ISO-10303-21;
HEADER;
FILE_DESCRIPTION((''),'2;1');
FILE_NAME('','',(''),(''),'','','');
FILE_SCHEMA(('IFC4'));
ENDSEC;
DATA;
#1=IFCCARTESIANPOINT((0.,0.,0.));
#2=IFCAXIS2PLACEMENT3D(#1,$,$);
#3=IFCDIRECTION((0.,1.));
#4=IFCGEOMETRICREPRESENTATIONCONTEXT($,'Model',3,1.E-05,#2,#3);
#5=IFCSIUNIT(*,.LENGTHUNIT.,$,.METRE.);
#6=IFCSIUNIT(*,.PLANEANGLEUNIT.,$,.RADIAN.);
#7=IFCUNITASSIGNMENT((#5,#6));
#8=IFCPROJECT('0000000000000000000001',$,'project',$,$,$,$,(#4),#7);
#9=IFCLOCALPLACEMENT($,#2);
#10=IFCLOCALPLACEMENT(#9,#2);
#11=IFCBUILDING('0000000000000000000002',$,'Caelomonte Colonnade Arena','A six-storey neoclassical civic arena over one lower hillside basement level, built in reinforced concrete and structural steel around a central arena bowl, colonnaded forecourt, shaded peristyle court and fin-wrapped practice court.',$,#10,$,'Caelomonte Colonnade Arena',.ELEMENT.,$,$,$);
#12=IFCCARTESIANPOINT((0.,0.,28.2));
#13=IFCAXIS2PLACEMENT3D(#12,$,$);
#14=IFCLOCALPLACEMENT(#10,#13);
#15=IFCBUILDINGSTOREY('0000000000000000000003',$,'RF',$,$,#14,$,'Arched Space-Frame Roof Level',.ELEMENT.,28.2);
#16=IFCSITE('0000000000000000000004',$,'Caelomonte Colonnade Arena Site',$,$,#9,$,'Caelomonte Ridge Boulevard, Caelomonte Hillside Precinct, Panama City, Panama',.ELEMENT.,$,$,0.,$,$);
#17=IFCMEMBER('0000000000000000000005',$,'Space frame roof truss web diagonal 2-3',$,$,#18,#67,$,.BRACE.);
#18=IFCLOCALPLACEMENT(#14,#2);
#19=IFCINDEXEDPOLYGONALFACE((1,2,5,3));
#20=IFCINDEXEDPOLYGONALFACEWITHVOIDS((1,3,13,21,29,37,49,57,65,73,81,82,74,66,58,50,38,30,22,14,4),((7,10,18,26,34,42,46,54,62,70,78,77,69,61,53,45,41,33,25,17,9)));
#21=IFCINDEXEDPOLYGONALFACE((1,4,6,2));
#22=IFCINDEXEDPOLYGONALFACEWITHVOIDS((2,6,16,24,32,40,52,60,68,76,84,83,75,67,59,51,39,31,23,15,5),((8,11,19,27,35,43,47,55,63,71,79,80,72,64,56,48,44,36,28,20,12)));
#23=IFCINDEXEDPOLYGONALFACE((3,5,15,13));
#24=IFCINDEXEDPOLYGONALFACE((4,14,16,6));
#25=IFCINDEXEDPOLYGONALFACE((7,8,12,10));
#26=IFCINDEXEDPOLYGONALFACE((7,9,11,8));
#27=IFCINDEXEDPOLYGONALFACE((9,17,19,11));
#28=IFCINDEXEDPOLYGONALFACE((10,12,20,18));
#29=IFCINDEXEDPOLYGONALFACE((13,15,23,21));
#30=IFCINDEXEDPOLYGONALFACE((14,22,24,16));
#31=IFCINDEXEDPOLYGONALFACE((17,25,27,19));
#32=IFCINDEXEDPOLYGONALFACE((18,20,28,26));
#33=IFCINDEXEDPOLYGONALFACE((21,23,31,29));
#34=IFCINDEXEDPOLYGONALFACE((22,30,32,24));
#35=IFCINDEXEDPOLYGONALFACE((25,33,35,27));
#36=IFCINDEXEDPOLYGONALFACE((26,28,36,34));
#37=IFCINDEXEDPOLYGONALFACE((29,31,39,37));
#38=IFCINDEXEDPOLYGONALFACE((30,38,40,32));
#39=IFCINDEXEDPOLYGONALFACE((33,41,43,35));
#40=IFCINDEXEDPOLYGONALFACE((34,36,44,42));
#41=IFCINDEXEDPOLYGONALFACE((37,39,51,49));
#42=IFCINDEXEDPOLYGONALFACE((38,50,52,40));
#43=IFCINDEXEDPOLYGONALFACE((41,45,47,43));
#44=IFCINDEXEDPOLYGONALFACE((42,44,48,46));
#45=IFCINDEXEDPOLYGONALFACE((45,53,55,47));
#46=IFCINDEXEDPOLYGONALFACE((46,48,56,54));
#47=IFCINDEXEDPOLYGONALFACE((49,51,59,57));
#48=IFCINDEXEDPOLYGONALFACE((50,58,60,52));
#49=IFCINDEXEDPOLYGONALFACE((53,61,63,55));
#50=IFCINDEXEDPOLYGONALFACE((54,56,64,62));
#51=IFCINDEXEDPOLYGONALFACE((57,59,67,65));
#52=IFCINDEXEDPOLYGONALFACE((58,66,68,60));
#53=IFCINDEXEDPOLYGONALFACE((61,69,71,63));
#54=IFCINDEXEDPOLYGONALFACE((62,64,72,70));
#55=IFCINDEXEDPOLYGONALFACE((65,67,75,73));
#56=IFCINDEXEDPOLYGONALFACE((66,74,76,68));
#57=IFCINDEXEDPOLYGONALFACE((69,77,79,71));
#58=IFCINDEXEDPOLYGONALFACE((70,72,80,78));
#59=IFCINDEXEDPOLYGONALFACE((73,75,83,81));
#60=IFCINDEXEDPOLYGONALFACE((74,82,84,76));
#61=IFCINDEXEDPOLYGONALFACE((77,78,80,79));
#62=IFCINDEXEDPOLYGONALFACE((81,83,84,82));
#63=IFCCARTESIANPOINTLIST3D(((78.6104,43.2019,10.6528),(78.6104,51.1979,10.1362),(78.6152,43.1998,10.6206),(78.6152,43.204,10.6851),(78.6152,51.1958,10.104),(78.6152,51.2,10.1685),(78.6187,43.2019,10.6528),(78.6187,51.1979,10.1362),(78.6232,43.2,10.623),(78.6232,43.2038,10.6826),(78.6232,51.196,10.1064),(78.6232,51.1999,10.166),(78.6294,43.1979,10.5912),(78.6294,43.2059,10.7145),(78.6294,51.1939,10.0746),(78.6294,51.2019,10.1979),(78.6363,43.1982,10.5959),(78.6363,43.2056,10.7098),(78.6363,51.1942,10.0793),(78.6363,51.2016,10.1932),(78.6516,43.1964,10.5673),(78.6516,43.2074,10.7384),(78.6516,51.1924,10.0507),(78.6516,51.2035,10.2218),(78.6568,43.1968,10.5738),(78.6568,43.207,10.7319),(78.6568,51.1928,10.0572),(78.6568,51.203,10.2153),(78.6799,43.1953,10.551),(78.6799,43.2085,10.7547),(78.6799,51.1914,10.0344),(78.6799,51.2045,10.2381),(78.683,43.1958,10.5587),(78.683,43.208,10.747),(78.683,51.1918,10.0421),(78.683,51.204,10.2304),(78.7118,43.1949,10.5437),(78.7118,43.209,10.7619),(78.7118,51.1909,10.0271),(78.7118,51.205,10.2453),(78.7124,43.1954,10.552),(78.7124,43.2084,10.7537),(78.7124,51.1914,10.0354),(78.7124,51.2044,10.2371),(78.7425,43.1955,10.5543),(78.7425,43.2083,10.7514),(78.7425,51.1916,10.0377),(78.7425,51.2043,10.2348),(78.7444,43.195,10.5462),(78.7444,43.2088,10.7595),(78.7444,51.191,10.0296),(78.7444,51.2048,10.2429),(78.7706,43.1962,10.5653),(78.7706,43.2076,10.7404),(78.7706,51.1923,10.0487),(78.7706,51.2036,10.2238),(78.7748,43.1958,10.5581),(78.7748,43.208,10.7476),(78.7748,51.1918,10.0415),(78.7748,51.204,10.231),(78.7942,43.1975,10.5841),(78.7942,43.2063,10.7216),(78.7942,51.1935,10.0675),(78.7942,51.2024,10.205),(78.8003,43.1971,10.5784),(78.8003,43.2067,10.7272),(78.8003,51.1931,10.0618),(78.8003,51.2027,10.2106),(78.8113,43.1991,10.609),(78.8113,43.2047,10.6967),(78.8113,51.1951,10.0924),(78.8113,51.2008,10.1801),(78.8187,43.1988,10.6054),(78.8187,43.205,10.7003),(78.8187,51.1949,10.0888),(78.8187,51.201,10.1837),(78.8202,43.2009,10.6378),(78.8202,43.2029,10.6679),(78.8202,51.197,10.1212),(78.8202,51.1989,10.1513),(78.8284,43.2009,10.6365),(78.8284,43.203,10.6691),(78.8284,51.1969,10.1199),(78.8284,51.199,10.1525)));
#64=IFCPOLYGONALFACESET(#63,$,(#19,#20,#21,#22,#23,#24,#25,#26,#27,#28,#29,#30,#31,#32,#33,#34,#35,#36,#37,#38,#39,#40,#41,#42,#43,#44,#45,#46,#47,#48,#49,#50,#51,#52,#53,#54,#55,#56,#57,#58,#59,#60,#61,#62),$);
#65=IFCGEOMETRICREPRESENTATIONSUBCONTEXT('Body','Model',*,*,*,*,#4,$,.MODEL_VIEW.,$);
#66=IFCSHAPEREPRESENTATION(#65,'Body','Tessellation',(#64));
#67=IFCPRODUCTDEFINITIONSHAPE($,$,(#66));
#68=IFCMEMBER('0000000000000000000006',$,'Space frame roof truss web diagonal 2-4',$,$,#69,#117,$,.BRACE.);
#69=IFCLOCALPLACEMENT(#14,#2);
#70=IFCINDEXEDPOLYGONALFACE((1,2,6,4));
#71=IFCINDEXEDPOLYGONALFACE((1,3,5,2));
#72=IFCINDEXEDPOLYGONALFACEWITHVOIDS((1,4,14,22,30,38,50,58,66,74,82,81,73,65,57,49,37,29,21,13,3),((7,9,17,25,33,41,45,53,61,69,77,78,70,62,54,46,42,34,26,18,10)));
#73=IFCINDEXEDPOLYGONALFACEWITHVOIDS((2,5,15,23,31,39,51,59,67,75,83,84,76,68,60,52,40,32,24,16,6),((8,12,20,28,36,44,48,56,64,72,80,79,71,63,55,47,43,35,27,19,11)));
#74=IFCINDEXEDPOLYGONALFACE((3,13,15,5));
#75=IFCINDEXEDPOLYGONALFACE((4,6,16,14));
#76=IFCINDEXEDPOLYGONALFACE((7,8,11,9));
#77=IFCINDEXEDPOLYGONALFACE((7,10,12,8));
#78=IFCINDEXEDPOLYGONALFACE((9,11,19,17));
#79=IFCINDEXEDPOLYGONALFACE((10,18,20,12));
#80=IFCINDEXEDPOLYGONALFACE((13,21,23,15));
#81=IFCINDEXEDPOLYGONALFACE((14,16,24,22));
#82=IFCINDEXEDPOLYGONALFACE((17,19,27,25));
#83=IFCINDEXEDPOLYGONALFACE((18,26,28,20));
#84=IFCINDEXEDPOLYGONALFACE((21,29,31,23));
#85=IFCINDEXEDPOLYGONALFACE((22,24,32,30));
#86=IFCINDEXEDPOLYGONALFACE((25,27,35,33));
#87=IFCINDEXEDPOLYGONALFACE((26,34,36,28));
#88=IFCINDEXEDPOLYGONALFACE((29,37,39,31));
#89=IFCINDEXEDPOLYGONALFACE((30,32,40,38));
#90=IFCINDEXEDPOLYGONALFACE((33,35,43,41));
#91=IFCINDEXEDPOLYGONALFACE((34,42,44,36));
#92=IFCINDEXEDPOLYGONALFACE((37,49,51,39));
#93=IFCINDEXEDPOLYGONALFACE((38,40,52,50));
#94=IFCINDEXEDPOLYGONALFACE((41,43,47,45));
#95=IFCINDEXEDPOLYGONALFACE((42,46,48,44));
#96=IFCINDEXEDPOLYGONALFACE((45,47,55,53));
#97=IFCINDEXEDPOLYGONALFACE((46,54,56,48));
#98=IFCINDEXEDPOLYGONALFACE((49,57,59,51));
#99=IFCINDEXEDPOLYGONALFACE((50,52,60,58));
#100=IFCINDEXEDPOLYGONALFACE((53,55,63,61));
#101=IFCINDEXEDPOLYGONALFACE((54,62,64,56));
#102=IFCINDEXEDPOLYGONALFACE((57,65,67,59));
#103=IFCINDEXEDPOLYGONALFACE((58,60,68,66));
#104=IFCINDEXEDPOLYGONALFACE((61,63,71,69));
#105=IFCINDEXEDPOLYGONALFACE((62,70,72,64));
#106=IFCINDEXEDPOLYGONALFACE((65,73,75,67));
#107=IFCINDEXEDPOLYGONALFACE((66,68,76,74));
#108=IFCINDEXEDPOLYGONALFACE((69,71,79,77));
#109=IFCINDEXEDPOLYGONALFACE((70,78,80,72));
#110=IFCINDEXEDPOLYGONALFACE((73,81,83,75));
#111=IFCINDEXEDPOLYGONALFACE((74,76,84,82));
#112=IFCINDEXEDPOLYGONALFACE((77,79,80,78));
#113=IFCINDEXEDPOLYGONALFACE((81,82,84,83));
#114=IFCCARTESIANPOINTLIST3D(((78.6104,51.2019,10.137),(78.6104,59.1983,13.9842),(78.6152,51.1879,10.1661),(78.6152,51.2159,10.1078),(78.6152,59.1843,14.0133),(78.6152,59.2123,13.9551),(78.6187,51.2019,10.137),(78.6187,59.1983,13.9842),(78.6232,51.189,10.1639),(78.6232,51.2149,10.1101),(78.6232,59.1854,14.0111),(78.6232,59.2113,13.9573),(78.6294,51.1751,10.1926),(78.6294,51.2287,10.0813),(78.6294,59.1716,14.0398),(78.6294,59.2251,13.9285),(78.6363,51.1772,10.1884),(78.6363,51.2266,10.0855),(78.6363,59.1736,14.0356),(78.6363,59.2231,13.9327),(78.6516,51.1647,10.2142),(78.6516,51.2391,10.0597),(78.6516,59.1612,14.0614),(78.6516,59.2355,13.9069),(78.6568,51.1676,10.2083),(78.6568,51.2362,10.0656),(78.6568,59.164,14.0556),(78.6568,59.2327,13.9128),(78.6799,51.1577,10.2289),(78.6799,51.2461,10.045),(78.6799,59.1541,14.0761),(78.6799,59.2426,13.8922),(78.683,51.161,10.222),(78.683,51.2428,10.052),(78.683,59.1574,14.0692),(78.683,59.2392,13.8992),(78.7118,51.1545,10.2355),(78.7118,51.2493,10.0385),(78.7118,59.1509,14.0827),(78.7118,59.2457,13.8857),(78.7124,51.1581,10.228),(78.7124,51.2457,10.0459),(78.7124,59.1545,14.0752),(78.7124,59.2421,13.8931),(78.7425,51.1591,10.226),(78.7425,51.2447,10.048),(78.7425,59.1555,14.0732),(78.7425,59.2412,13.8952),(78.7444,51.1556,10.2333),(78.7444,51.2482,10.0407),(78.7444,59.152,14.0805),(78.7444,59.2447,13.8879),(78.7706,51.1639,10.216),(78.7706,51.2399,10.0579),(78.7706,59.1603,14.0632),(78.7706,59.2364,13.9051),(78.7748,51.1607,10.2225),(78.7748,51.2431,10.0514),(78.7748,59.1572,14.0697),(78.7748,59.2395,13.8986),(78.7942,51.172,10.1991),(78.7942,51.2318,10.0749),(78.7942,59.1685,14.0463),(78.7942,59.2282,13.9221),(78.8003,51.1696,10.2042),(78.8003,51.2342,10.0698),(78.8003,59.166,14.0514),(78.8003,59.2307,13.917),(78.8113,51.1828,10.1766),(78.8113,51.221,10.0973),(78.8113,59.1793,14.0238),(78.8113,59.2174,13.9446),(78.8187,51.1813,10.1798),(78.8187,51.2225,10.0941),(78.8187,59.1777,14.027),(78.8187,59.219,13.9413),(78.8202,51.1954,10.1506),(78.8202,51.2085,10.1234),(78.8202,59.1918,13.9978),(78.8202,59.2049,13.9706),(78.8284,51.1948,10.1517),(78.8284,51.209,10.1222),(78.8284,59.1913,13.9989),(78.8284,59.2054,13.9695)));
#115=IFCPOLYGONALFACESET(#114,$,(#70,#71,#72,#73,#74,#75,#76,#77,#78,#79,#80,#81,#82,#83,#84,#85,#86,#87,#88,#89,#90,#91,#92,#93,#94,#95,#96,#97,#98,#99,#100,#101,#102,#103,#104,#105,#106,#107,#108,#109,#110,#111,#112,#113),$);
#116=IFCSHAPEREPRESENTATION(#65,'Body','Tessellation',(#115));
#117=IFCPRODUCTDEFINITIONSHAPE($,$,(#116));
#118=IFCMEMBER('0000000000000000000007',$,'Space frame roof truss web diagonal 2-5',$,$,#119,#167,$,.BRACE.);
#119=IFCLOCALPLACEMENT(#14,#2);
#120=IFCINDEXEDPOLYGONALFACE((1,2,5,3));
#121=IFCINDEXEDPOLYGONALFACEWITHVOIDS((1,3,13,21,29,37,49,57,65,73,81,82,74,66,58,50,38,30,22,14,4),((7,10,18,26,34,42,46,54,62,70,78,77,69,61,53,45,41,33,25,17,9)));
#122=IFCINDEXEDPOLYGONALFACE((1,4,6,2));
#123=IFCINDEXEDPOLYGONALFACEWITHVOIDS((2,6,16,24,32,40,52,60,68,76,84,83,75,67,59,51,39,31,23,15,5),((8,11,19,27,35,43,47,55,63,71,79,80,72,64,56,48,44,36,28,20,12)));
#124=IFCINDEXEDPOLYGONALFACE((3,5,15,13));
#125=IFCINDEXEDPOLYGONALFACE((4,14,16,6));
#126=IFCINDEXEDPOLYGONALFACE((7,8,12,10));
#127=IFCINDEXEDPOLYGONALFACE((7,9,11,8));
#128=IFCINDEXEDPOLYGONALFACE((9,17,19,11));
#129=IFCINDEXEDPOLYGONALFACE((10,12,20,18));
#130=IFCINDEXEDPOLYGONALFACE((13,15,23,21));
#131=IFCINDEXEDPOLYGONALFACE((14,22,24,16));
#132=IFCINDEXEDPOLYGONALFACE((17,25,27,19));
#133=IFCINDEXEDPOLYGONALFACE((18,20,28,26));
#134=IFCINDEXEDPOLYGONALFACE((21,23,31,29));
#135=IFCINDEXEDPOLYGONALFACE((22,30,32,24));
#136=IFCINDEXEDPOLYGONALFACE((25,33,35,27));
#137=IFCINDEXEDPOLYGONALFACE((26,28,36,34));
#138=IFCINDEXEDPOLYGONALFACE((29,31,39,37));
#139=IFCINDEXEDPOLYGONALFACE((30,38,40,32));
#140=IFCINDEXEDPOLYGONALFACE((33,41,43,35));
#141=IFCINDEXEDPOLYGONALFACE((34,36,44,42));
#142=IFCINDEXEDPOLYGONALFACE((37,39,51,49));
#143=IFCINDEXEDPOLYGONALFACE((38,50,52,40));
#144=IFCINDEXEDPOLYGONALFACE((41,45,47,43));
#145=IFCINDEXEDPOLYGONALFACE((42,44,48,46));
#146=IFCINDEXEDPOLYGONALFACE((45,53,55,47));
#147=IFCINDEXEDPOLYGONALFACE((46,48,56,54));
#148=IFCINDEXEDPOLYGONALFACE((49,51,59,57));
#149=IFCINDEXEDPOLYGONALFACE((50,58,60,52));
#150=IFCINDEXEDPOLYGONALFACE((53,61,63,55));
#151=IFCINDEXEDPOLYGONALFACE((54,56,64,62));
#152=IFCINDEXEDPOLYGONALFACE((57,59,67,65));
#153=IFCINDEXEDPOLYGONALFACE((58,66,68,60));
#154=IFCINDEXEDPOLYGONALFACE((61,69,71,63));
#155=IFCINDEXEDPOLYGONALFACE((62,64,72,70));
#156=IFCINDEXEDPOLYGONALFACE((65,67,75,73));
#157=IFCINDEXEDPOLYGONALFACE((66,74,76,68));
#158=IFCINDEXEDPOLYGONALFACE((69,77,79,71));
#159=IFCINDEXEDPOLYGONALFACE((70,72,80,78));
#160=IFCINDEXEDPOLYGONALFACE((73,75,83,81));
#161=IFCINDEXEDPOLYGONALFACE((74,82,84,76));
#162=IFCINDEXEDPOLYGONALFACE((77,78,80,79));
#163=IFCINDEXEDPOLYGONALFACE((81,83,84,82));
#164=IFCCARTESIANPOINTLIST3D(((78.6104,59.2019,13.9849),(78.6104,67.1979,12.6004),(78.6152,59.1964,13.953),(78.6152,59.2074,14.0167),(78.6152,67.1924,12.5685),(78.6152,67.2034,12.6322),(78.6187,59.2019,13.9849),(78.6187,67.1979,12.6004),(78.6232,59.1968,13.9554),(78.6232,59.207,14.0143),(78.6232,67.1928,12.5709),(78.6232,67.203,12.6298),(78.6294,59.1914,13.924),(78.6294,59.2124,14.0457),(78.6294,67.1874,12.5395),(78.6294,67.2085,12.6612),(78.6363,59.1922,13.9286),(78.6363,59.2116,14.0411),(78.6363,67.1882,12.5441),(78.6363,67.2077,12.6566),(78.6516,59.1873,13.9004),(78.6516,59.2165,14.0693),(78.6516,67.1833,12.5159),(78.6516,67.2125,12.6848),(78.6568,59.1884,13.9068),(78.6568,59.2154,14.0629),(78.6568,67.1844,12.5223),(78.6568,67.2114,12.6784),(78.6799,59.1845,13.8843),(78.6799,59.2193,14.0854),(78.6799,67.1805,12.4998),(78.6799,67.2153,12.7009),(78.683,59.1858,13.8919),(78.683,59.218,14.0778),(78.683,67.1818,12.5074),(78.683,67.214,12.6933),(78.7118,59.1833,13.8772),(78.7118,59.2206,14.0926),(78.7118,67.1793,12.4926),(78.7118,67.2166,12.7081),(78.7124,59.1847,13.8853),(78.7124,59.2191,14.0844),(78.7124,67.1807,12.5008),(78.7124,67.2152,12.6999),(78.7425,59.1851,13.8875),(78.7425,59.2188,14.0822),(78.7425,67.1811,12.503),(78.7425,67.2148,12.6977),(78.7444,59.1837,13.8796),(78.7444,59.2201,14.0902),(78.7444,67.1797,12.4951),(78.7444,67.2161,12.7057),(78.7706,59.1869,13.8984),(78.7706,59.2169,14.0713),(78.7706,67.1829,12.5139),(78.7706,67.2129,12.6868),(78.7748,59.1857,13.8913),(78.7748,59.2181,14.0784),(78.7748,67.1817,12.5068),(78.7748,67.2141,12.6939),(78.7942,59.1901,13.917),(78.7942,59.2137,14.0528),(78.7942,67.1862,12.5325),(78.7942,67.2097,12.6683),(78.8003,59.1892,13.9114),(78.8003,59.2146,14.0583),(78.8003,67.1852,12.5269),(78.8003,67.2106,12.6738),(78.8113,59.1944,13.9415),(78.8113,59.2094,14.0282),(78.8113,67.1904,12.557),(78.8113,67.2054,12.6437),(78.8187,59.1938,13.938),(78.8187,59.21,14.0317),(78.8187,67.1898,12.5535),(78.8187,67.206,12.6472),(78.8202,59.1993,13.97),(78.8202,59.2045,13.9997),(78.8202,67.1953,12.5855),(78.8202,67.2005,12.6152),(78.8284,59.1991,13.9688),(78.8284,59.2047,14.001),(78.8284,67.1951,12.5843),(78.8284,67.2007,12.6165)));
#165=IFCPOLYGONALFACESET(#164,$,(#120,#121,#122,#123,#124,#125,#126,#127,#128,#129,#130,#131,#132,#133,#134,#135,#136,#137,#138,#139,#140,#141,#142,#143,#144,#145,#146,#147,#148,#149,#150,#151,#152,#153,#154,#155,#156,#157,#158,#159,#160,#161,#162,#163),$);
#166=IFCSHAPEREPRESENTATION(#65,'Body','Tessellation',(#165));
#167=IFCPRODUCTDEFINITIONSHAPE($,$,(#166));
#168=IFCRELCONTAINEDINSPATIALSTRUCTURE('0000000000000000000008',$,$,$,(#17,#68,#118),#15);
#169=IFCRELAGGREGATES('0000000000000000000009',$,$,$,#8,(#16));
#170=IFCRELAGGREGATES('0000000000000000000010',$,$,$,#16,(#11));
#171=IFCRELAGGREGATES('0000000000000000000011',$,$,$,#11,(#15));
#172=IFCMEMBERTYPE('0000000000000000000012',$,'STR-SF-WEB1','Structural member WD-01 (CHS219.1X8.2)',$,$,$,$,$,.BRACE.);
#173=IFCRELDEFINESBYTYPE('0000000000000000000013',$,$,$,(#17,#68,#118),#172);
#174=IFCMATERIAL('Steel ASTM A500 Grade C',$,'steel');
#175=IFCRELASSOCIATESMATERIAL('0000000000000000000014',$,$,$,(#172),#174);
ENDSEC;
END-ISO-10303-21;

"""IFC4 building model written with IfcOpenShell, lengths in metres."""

from ifc_helpers import new_model, si_unit, direction, frame, origin, origin_2d, place, context, subcontext, project, spatial, hollow_circle, extrude, material, material_profile, profile_set, type_object, element, save


model = new_model("IFC4")

# Units and contexts
model_context = context("Model", 3, precision=1e-05, world=origin(), true_north=direction((0.0, 1.0)))
body_context = subcontext(model_context, "Body", "Model", "MODEL_VIEW")
ifc_project = project(units=[si_unit("LENGTHUNIT", "METRE"), si_unit("PLANEANGLEUNIT", "RADIAN")], contexts=[model_context])

# Site, building, storey
site_placement = place(None, origin())
site = spatial("IfcSite", under=ifc_project, at=site_placement, Name="Caelomonte Colonnade Arena Site", LongName="Caelomonte Ridge Boulevard, Caelomonte Hillside Precinct, Panama City, Panama", CompositionType="ELEMENT", RefElevation=0.0)
building_placement = place(site_placement, origin())
building = spatial("IfcBuilding", under=site, at=building_placement, Name="Caelomonte Colonnade Arena", Description="A six-storey neoclassical civic arena over one lower hillside basement level, built in reinforced concrete and structural steel around a central arena bowl, colonnaded forecourt, shaded peristyle court and fin-wrapped practice court.", LongName="Caelomonte Colonnade Arena", CompositionType="ELEMENT")
storey_placement = place(building_placement, frame((0.0, 0.0, 28.2)))
storey = spatial("IfcBuildingStorey", under=building, at=storey_placement, Name="RF", LongName="Arched Space-Frame Roof Level", CompositionType="ELEMENT", Elevation=28.2)

# Members
ifc_material_1 = material(Name="Steel ASTM A500 Grade C", Category="steel")
ifc_material_profile_1 = material_profile(ifc_material_1, hollow_circle(Radius=0.1096, WallThickness=0.0083, at=origin_2d()), Name="CHS219.1X8.2")
ifc_profile_set_1 = profile_set([ifc_material_profile_1], Name="Steel ASTM A500 Grade C")
member_type_1 = type_object("IfcMemberType", Name="STR-SF-WEB1", Description="Structural member WD-01 (CHS219.1X8.2)", PredefinedType="BRACE", material=ifc_profile_set_1)
member_1_placement = place(storey_placement, frame((78.72, 43.2019, 10.6528), z_axis=(0.0, 0.997919, -0.064472), x_axis=(-1.0, 0.0, 0.0)))
element("IfcMember", 1, at=member_1_placement, inside=storey, type_object=member_type_1, Name="Space frame roof truss web diagonal 2-3", PredefinedType="BRACE", context=body_context, shape_type="SweptSolid", body=[
    extrude(hollow_circle(Radius=0.1096, WallThickness=0.0083, at=origin_2d()), origin(), (0.0, 0.0, 1.0), 8.0127),
])
member_2_placement = place(storey_placement, frame((78.72, 51.2019, 10.137), z_axis=(0.0, 0.90113, 0.433548), x_axis=(-1.0, 0.0, 0.0)))
element("IfcMember", 2, at=member_2_placement, inside=storey, type_object=member_type_1, Name="Space frame roof truss web diagonal 2-4", PredefinedType="BRACE", context=body_context, shape_type="SweptSolid", body=[
    extrude(hollow_circle(Radius=0.1096, WallThickness=0.0083, at=origin_2d()), origin(), (0.0, 0.0, 1.0), 8.8738),
])
member_3_placement = place(storey_placement, frame((78.72, 59.2019, 13.9849), z_axis=(0.0, 0.985338, -0.170611), x_axis=(-1.0, 0.0, 0.0)))
element("IfcMember", 3, at=member_3_placement, inside=storey, type_object=member_type_1, Name="Space frame roof truss web diagonal 2-5", PredefinedType="BRACE", context=body_context, shape_type="SweptSolid", body=[
    extrude(hollow_circle(Radius=0.1096, WallThickness=0.0083, at=origin_2d()), origin(), (0.0, 0.0, 1.0), 8.115),
])

save(model, "model.ifc")
